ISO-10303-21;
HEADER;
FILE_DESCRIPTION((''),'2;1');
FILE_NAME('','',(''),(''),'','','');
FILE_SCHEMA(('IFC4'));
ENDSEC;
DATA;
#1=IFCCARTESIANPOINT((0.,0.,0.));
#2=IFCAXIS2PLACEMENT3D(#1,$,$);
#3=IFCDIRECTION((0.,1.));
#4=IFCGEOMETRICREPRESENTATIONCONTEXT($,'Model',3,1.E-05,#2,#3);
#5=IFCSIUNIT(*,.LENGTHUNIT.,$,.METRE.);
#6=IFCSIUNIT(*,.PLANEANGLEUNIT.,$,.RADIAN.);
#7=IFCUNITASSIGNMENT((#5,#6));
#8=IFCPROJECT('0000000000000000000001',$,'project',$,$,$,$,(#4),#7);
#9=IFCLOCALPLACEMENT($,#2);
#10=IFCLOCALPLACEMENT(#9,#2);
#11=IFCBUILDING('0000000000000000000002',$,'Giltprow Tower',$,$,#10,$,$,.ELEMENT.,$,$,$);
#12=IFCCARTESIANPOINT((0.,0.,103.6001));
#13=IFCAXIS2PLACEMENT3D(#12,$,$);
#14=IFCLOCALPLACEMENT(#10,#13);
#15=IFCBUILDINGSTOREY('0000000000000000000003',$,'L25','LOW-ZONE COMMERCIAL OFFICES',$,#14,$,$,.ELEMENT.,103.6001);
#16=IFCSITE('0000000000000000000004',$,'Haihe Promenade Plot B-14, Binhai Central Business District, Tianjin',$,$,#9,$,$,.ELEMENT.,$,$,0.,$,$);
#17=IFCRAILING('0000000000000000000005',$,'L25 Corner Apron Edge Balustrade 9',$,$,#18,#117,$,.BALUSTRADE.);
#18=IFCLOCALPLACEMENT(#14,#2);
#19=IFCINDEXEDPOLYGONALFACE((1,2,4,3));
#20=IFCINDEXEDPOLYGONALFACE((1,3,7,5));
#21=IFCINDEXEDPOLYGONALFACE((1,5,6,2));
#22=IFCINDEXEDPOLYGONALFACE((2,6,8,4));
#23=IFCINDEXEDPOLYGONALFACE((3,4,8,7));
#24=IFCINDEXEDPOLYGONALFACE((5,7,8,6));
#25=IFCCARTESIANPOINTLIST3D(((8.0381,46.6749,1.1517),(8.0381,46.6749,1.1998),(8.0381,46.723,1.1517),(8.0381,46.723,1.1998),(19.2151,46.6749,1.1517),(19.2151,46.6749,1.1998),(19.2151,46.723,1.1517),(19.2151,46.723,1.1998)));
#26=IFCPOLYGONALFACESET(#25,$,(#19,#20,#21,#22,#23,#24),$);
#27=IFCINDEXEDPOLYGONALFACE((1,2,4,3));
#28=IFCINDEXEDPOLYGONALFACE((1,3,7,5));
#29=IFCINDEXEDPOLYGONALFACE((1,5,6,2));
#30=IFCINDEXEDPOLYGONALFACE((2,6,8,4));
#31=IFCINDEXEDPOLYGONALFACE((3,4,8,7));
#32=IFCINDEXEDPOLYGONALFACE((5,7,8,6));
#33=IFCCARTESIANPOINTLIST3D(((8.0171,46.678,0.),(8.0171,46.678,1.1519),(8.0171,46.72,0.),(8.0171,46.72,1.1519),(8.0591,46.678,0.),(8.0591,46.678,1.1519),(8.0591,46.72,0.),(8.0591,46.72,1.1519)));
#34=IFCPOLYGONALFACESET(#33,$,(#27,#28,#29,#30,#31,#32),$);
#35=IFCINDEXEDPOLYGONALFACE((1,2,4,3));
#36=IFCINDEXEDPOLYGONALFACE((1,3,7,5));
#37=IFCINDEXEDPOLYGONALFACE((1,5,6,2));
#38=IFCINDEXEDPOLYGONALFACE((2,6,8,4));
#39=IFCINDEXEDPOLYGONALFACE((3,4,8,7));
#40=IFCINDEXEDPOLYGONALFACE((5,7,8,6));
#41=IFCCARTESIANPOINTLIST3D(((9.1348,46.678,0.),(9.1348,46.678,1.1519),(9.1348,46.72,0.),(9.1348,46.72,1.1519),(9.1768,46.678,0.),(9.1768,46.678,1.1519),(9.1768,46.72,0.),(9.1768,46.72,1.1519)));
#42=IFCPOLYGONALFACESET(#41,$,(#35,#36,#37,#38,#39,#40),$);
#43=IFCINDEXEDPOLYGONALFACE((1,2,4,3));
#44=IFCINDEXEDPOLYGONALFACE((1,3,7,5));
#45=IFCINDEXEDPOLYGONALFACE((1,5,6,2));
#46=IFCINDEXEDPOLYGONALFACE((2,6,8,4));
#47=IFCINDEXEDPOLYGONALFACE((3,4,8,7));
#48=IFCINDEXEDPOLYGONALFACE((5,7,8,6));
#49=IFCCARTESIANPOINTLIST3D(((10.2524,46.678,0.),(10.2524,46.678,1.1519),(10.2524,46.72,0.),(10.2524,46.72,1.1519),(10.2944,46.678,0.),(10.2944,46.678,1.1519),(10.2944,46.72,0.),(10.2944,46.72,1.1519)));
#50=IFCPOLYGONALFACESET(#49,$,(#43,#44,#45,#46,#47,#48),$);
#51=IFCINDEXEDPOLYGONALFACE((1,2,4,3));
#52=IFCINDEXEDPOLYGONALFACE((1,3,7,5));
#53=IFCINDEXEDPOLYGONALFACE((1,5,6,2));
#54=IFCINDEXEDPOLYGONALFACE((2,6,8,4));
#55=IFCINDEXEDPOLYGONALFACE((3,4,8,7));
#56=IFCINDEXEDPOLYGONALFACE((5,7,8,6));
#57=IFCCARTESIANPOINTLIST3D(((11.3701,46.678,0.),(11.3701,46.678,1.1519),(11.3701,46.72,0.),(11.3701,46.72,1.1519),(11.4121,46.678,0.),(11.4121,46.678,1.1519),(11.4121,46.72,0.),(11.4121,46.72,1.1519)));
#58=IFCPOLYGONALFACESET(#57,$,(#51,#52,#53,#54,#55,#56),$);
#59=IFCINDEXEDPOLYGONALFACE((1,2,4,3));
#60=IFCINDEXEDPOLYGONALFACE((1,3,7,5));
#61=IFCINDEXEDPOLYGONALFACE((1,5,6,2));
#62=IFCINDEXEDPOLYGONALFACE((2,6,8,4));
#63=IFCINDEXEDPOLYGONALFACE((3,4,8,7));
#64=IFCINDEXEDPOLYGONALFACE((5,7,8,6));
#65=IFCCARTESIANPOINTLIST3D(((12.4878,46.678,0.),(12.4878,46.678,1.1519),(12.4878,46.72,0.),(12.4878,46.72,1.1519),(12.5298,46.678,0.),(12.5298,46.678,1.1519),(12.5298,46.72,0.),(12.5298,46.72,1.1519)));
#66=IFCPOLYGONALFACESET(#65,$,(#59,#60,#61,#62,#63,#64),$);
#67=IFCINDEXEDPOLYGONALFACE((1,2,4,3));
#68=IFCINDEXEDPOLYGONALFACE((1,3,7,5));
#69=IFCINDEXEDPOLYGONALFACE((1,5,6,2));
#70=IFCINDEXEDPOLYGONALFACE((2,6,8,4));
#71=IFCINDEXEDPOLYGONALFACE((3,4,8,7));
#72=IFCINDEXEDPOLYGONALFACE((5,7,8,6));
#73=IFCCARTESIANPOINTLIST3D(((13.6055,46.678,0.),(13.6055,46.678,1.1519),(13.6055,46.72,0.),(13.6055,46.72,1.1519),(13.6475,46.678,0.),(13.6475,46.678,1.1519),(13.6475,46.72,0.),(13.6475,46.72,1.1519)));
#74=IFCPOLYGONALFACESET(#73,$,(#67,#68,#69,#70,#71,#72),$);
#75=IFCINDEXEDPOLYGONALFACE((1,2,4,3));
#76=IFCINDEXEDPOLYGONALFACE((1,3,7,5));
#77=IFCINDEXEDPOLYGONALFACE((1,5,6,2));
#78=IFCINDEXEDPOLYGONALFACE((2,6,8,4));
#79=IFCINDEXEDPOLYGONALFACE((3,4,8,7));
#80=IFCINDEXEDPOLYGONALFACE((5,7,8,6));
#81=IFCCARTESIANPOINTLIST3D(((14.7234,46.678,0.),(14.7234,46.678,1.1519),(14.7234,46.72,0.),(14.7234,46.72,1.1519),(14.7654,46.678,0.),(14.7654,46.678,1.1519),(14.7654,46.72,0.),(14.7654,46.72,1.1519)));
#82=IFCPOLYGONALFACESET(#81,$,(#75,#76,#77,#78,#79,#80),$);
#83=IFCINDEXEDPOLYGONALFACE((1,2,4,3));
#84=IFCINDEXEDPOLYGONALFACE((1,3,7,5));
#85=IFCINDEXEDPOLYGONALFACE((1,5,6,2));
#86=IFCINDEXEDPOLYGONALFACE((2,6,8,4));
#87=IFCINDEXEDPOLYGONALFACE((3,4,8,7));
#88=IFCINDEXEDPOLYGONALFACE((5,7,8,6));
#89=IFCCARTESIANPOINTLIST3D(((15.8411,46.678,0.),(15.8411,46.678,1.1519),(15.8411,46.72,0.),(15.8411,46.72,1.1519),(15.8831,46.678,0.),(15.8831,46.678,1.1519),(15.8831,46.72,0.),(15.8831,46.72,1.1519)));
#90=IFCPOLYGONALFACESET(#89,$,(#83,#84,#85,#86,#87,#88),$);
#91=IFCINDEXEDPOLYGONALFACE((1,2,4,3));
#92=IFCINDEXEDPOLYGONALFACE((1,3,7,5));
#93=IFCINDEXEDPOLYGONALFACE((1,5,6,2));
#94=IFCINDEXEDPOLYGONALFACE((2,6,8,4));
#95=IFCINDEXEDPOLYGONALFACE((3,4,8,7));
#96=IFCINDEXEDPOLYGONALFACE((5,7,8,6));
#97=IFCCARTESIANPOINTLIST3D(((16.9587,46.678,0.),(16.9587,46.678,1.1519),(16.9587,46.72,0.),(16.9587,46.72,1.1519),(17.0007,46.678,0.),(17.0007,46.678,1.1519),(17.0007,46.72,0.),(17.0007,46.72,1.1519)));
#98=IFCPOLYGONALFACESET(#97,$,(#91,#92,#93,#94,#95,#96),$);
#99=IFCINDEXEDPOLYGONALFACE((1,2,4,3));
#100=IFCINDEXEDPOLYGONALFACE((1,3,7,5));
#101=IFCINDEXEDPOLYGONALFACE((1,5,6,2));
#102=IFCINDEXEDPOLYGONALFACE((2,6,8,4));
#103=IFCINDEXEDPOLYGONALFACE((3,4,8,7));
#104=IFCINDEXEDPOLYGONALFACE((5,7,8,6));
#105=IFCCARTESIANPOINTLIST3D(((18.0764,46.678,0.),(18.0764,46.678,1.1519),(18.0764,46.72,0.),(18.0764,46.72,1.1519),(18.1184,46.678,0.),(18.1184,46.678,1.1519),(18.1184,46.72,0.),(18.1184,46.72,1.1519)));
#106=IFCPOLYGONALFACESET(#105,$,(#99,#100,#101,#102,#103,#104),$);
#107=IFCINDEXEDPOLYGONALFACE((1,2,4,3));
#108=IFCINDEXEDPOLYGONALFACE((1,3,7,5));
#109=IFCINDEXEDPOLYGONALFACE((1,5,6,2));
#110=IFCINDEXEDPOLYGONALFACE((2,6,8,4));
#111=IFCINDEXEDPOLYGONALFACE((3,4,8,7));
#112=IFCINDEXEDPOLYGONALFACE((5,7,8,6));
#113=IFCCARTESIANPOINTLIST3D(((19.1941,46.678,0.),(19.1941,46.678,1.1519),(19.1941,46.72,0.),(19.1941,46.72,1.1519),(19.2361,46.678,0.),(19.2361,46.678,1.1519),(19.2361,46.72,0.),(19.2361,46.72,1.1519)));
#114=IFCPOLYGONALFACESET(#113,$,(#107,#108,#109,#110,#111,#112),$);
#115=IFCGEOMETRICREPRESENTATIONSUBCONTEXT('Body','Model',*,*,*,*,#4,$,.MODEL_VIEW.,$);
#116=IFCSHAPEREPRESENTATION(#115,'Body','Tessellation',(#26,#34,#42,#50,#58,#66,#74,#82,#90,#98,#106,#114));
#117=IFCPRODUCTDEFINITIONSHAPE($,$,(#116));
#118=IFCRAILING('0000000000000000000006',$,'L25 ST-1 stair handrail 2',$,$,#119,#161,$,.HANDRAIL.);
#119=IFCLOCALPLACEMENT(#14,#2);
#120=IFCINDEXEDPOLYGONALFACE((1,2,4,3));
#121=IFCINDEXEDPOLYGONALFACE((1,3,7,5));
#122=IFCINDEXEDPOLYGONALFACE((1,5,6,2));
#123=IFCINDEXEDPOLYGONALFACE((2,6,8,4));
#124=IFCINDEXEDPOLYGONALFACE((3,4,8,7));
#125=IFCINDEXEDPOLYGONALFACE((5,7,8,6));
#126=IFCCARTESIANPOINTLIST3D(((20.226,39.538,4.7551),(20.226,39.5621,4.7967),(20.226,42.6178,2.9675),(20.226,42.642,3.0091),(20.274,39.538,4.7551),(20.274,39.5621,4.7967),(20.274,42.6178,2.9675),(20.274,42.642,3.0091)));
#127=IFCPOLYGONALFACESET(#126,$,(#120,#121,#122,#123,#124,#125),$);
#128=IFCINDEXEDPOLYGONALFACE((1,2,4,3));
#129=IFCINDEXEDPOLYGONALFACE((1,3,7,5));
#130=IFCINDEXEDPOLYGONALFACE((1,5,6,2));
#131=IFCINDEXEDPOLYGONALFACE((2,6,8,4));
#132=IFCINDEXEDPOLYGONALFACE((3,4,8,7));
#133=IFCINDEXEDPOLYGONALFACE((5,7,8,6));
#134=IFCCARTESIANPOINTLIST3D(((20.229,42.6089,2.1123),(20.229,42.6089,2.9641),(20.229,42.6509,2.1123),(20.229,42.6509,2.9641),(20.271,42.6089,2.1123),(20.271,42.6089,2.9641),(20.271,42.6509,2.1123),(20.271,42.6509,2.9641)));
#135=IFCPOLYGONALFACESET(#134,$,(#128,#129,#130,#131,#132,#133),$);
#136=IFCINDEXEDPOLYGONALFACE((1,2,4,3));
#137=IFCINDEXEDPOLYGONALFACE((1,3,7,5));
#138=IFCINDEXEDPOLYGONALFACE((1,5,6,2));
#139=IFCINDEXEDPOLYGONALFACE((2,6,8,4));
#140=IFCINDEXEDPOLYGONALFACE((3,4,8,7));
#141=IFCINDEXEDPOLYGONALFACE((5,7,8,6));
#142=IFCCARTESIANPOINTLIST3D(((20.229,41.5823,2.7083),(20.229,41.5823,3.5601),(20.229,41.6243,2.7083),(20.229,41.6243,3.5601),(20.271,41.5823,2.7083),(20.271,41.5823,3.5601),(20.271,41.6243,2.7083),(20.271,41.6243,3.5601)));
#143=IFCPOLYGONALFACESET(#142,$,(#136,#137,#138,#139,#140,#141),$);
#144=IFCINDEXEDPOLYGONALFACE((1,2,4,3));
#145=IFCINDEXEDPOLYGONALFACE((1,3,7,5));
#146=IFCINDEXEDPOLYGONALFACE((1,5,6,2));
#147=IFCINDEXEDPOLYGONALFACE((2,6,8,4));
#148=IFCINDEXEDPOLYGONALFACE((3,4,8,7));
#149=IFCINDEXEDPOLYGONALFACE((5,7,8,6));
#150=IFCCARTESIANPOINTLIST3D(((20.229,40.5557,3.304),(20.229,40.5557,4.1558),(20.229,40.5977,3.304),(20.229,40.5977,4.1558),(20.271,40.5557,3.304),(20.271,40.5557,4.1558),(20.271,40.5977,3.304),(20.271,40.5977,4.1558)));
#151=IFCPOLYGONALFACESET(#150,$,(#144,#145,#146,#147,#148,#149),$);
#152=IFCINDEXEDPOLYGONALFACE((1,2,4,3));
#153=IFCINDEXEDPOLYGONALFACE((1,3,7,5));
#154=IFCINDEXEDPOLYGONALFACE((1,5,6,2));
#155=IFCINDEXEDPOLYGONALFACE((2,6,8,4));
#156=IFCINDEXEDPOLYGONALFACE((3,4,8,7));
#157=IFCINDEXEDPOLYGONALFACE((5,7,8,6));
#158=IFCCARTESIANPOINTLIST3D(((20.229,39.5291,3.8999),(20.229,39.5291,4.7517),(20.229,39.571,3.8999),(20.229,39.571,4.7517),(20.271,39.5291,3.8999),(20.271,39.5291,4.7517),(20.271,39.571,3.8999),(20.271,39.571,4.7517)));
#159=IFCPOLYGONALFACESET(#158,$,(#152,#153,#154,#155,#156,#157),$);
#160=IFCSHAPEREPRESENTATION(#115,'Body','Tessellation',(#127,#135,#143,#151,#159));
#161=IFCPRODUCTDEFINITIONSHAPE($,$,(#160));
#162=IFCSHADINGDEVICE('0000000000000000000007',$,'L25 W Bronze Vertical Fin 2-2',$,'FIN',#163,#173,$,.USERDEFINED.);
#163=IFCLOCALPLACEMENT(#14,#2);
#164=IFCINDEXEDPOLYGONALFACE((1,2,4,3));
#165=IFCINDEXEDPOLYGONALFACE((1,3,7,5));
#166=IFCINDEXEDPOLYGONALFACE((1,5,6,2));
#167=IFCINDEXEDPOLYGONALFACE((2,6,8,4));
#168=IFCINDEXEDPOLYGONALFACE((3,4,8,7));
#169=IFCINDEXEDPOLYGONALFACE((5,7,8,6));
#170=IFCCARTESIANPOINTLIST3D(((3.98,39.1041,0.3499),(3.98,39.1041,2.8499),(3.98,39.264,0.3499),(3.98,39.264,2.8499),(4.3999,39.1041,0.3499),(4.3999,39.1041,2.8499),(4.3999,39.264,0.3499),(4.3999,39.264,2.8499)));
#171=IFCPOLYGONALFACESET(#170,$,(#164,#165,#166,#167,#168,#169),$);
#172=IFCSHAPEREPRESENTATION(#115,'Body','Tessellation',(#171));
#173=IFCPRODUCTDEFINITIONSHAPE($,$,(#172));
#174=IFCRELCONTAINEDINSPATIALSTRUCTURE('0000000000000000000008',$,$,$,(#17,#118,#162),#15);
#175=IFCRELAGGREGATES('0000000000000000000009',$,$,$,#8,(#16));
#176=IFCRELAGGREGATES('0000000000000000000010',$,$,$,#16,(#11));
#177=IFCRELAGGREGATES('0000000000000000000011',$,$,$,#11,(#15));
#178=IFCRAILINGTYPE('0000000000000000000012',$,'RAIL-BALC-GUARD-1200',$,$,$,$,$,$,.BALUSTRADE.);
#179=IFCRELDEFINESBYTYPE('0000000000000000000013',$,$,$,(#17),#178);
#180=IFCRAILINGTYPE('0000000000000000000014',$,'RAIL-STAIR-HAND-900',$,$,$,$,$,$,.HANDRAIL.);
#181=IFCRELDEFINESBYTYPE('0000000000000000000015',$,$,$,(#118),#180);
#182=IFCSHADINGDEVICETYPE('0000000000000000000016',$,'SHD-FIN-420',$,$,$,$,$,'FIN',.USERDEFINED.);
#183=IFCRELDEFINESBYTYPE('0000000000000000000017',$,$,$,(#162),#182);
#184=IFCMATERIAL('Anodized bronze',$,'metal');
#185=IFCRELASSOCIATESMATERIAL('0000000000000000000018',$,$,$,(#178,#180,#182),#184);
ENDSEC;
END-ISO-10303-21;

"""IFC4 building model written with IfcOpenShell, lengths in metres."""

from ifc_helpers import new_model, si_unit, direction, frame, origin, origin_2d, place, context, subcontext, project, spatial, rectangle, extrude, source, transform, mapped, material, type_object, element, save


model = new_model("IFC4")

# Units and contexts
model_context = context("Model", 3, precision=1e-05, world=origin(), true_north=direction((0.0, 1.0)))
body_context = subcontext(model_context, "Body", "Model", "MODEL_VIEW")
ifc_project = project(units=[si_unit("LENGTHUNIT", "METRE"), si_unit("PLANEANGLEUNIT", "RADIAN")], contexts=[model_context])

# Site, building, storey
site_placement = place(None, origin())
site = spatial("IfcSite", under=ifc_project, at=site_placement, Name="Haihe Promenade Plot B-14, Binhai Central Business District, Tianjin", CompositionType="ELEMENT", RefElevation=0.0)
building_placement = place(site_placement, origin())
building = spatial("IfcBuilding", under=site, at=building_placement, Name="Giltprow Tower", CompositionType="ELEMENT")
storey_placement = place(building_placement, frame((0.0, 0.0, 103.6001)))
storey = spatial("IfcBuildingStorey", under=building, at=storey_placement, Name="L25", Description="LOW-ZONE COMMERCIAL OFFICES", CompositionType="ELEMENT", Elevation=103.6001)

# Railings
ifc_material_1 = material(Name="Anodized bronze", Category="metal")
railing_type_1 = type_object("IfcRailingType", Name="RAIL-BALC-GUARD-1200", PredefinedType="BALUSTRADE", material=ifc_material_1)
railing_1_placement = place(storey_placement, frame((8.0381, 46.699, 0.0)))
element("IfcRailing", 1, at=railing_1_placement, inside=storey, type_object=railing_type_1, Name="L25 Corner Apron Edge Balustrade 9", PredefinedType="BALUSTRADE", context=body_context, shape_type="SweptSolid", body=[
    extrude(rectangle(XDim=0.0481, YDim=0.0481, at=origin_2d()), frame((0.0, 0.0, 1.1758), z_axis=(1.0, 0.0, 0.0), x_axis=(0.0, 1.0, 0.0)), (0.0, 0.0, 1.0), 11.177),
    extrude(rectangle(XDim=0.042, YDim=0.042, at=origin_2d()), origin(), (0.0, 0.0, 1.0), 1.1519),
    extrude(rectangle(XDim=0.042, YDim=0.042, at=origin_2d()), frame((1.1177, 0.0, 0.0)), (0.0, 0.0, 1.0), 1.1519),
    extrude(rectangle(XDim=0.042, YDim=0.042, at=origin_2d()), frame((2.2354, 0.0, 0.0)), (0.0, 0.0, 1.0), 1.1519),
    extrude(rectangle(XDim=0.042, YDim=0.042, at=origin_2d()), frame((3.353, 0.0, 0.0)), (0.0, 0.0, 1.0), 1.1519),
    extrude(rectangle(XDim=0.042, YDim=0.042, at=origin_2d()), frame((4.4707, 0.0, 0.0)), (0.0, 0.0, 1.0), 1.1519),
    extrude(rectangle(XDim=0.042, YDim=0.042, at=origin_2d()), frame((5.5884, 0.0, 0.0)), (0.0, 0.0, 1.0), 1.1519),
    extrude(rectangle(XDim=0.042, YDim=0.042, at=origin_2d()), frame((6.7063, 0.0, 0.0)), (0.0, 0.0, 1.0), 1.1519),
    extrude(rectangle(XDim=0.042, YDim=0.042, at=origin_2d()), frame((7.824, 0.0, 0.0)), (0.0, 0.0, 1.0), 1.1519),
    extrude(rectangle(XDim=0.042, YDim=0.042, at=origin_2d()), frame((8.9417, 0.0, 0.0)), (0.0, 0.0, 1.0), 1.1519),
    extrude(rectangle(XDim=0.042, YDim=0.042, at=origin_2d()), frame((10.0593, 0.0, 0.0)), (0.0, 0.0, 1.0), 1.1519),
    extrude(rectangle(XDim=0.042, YDim=0.042, at=origin_2d()), frame((11.177, 0.0, 0.0)), (0.0, 0.0, 1.0), 1.1519),
])
railing_type_2 = type_object("IfcRailingType", Name="RAIL-STAIR-HAND-900", PredefinedType="HANDRAIL", material=ifc_material_1)
railing_2_placement = place(storey_placement, frame((20.25, 42.6299, 2.1123)))
element("IfcRailing", 2, at=railing_2_placement, inside=storey, type_object=railing_type_2, Name="L25 ST-1 stair handrail 2", PredefinedType="HANDRAIL", context=body_context, shape_type="SweptSolid", body=[
    extrude(rectangle(XDim=0.0481, YDim=0.0481, at=origin_2d()), frame((0.0, 0.0, 0.876), z_axis=(0.0, -0.864873, 0.50199), x_axis=(1.0, 0.0, 0.0)), (0.0, 0.0, 1.0), 3.561),
    extrude(rectangle(XDim=0.042, YDim=0.042, at=origin_2d()), origin(), (0.0, 0.0, 1.0), 0.8518),
    extrude(rectangle(XDim=0.042, YDim=0.042, at=origin_2d()), frame((0.0, -1.0266, 0.5959)), (0.0, 0.0, 1.0), 0.8518),
    extrude(rectangle(XDim=0.042, YDim=0.042, at=origin_2d()), frame((0.0, -2.0532, 1.1917)), (0.0, 0.0, 1.0), 0.8518),
    extrude(rectangle(XDim=0.042, YDim=0.042, at=origin_2d()), frame((0.0, -3.0798, 1.7876)), (0.0, 0.0, 1.0), 0.8518),
])

# Shading device
shading_device_type = type_object("IfcShadingDeviceType", Name="SHD-FIN-420", ElementType="FIN", PredefinedType="USERDEFINED", material=ifc_material_1)
shared_shape_1 = source(origin(), body_context, "Body", "SweptSolid", [
    extrude(rectangle(XDim=0.4199, YDim=0.1599, at=origin_2d()), origin(), (0.0, 0.0, 1.0), 2.5),
])
shading_device_placement = place(storey_placement, frame((4.1899, 39.1841, 0.3499), z_axis=(0.0, 0.0, 1.0), x_axis=(1.0, 0.0, 0.0)))
element("IfcShadingDevice", 3, at=shading_device_placement, inside=storey, type_object=shading_device_type, Name="L25 W Bronze Vertical Fin 2-2", ObjectType="FIN", PredefinedType="USERDEFINED", context=body_context, shape_type="MappedRepresentation", body=[
    mapped(shared_shape_1, transform((0.0, 0.0, 0.0), x_axis=(1.0, 0.0, 0.0), y_axis=(0.0, 1.0, 0.0), z_axis=(0.0, 0.0, 1.0), scale=1.0)),
])

save(model, "model.ifc")
